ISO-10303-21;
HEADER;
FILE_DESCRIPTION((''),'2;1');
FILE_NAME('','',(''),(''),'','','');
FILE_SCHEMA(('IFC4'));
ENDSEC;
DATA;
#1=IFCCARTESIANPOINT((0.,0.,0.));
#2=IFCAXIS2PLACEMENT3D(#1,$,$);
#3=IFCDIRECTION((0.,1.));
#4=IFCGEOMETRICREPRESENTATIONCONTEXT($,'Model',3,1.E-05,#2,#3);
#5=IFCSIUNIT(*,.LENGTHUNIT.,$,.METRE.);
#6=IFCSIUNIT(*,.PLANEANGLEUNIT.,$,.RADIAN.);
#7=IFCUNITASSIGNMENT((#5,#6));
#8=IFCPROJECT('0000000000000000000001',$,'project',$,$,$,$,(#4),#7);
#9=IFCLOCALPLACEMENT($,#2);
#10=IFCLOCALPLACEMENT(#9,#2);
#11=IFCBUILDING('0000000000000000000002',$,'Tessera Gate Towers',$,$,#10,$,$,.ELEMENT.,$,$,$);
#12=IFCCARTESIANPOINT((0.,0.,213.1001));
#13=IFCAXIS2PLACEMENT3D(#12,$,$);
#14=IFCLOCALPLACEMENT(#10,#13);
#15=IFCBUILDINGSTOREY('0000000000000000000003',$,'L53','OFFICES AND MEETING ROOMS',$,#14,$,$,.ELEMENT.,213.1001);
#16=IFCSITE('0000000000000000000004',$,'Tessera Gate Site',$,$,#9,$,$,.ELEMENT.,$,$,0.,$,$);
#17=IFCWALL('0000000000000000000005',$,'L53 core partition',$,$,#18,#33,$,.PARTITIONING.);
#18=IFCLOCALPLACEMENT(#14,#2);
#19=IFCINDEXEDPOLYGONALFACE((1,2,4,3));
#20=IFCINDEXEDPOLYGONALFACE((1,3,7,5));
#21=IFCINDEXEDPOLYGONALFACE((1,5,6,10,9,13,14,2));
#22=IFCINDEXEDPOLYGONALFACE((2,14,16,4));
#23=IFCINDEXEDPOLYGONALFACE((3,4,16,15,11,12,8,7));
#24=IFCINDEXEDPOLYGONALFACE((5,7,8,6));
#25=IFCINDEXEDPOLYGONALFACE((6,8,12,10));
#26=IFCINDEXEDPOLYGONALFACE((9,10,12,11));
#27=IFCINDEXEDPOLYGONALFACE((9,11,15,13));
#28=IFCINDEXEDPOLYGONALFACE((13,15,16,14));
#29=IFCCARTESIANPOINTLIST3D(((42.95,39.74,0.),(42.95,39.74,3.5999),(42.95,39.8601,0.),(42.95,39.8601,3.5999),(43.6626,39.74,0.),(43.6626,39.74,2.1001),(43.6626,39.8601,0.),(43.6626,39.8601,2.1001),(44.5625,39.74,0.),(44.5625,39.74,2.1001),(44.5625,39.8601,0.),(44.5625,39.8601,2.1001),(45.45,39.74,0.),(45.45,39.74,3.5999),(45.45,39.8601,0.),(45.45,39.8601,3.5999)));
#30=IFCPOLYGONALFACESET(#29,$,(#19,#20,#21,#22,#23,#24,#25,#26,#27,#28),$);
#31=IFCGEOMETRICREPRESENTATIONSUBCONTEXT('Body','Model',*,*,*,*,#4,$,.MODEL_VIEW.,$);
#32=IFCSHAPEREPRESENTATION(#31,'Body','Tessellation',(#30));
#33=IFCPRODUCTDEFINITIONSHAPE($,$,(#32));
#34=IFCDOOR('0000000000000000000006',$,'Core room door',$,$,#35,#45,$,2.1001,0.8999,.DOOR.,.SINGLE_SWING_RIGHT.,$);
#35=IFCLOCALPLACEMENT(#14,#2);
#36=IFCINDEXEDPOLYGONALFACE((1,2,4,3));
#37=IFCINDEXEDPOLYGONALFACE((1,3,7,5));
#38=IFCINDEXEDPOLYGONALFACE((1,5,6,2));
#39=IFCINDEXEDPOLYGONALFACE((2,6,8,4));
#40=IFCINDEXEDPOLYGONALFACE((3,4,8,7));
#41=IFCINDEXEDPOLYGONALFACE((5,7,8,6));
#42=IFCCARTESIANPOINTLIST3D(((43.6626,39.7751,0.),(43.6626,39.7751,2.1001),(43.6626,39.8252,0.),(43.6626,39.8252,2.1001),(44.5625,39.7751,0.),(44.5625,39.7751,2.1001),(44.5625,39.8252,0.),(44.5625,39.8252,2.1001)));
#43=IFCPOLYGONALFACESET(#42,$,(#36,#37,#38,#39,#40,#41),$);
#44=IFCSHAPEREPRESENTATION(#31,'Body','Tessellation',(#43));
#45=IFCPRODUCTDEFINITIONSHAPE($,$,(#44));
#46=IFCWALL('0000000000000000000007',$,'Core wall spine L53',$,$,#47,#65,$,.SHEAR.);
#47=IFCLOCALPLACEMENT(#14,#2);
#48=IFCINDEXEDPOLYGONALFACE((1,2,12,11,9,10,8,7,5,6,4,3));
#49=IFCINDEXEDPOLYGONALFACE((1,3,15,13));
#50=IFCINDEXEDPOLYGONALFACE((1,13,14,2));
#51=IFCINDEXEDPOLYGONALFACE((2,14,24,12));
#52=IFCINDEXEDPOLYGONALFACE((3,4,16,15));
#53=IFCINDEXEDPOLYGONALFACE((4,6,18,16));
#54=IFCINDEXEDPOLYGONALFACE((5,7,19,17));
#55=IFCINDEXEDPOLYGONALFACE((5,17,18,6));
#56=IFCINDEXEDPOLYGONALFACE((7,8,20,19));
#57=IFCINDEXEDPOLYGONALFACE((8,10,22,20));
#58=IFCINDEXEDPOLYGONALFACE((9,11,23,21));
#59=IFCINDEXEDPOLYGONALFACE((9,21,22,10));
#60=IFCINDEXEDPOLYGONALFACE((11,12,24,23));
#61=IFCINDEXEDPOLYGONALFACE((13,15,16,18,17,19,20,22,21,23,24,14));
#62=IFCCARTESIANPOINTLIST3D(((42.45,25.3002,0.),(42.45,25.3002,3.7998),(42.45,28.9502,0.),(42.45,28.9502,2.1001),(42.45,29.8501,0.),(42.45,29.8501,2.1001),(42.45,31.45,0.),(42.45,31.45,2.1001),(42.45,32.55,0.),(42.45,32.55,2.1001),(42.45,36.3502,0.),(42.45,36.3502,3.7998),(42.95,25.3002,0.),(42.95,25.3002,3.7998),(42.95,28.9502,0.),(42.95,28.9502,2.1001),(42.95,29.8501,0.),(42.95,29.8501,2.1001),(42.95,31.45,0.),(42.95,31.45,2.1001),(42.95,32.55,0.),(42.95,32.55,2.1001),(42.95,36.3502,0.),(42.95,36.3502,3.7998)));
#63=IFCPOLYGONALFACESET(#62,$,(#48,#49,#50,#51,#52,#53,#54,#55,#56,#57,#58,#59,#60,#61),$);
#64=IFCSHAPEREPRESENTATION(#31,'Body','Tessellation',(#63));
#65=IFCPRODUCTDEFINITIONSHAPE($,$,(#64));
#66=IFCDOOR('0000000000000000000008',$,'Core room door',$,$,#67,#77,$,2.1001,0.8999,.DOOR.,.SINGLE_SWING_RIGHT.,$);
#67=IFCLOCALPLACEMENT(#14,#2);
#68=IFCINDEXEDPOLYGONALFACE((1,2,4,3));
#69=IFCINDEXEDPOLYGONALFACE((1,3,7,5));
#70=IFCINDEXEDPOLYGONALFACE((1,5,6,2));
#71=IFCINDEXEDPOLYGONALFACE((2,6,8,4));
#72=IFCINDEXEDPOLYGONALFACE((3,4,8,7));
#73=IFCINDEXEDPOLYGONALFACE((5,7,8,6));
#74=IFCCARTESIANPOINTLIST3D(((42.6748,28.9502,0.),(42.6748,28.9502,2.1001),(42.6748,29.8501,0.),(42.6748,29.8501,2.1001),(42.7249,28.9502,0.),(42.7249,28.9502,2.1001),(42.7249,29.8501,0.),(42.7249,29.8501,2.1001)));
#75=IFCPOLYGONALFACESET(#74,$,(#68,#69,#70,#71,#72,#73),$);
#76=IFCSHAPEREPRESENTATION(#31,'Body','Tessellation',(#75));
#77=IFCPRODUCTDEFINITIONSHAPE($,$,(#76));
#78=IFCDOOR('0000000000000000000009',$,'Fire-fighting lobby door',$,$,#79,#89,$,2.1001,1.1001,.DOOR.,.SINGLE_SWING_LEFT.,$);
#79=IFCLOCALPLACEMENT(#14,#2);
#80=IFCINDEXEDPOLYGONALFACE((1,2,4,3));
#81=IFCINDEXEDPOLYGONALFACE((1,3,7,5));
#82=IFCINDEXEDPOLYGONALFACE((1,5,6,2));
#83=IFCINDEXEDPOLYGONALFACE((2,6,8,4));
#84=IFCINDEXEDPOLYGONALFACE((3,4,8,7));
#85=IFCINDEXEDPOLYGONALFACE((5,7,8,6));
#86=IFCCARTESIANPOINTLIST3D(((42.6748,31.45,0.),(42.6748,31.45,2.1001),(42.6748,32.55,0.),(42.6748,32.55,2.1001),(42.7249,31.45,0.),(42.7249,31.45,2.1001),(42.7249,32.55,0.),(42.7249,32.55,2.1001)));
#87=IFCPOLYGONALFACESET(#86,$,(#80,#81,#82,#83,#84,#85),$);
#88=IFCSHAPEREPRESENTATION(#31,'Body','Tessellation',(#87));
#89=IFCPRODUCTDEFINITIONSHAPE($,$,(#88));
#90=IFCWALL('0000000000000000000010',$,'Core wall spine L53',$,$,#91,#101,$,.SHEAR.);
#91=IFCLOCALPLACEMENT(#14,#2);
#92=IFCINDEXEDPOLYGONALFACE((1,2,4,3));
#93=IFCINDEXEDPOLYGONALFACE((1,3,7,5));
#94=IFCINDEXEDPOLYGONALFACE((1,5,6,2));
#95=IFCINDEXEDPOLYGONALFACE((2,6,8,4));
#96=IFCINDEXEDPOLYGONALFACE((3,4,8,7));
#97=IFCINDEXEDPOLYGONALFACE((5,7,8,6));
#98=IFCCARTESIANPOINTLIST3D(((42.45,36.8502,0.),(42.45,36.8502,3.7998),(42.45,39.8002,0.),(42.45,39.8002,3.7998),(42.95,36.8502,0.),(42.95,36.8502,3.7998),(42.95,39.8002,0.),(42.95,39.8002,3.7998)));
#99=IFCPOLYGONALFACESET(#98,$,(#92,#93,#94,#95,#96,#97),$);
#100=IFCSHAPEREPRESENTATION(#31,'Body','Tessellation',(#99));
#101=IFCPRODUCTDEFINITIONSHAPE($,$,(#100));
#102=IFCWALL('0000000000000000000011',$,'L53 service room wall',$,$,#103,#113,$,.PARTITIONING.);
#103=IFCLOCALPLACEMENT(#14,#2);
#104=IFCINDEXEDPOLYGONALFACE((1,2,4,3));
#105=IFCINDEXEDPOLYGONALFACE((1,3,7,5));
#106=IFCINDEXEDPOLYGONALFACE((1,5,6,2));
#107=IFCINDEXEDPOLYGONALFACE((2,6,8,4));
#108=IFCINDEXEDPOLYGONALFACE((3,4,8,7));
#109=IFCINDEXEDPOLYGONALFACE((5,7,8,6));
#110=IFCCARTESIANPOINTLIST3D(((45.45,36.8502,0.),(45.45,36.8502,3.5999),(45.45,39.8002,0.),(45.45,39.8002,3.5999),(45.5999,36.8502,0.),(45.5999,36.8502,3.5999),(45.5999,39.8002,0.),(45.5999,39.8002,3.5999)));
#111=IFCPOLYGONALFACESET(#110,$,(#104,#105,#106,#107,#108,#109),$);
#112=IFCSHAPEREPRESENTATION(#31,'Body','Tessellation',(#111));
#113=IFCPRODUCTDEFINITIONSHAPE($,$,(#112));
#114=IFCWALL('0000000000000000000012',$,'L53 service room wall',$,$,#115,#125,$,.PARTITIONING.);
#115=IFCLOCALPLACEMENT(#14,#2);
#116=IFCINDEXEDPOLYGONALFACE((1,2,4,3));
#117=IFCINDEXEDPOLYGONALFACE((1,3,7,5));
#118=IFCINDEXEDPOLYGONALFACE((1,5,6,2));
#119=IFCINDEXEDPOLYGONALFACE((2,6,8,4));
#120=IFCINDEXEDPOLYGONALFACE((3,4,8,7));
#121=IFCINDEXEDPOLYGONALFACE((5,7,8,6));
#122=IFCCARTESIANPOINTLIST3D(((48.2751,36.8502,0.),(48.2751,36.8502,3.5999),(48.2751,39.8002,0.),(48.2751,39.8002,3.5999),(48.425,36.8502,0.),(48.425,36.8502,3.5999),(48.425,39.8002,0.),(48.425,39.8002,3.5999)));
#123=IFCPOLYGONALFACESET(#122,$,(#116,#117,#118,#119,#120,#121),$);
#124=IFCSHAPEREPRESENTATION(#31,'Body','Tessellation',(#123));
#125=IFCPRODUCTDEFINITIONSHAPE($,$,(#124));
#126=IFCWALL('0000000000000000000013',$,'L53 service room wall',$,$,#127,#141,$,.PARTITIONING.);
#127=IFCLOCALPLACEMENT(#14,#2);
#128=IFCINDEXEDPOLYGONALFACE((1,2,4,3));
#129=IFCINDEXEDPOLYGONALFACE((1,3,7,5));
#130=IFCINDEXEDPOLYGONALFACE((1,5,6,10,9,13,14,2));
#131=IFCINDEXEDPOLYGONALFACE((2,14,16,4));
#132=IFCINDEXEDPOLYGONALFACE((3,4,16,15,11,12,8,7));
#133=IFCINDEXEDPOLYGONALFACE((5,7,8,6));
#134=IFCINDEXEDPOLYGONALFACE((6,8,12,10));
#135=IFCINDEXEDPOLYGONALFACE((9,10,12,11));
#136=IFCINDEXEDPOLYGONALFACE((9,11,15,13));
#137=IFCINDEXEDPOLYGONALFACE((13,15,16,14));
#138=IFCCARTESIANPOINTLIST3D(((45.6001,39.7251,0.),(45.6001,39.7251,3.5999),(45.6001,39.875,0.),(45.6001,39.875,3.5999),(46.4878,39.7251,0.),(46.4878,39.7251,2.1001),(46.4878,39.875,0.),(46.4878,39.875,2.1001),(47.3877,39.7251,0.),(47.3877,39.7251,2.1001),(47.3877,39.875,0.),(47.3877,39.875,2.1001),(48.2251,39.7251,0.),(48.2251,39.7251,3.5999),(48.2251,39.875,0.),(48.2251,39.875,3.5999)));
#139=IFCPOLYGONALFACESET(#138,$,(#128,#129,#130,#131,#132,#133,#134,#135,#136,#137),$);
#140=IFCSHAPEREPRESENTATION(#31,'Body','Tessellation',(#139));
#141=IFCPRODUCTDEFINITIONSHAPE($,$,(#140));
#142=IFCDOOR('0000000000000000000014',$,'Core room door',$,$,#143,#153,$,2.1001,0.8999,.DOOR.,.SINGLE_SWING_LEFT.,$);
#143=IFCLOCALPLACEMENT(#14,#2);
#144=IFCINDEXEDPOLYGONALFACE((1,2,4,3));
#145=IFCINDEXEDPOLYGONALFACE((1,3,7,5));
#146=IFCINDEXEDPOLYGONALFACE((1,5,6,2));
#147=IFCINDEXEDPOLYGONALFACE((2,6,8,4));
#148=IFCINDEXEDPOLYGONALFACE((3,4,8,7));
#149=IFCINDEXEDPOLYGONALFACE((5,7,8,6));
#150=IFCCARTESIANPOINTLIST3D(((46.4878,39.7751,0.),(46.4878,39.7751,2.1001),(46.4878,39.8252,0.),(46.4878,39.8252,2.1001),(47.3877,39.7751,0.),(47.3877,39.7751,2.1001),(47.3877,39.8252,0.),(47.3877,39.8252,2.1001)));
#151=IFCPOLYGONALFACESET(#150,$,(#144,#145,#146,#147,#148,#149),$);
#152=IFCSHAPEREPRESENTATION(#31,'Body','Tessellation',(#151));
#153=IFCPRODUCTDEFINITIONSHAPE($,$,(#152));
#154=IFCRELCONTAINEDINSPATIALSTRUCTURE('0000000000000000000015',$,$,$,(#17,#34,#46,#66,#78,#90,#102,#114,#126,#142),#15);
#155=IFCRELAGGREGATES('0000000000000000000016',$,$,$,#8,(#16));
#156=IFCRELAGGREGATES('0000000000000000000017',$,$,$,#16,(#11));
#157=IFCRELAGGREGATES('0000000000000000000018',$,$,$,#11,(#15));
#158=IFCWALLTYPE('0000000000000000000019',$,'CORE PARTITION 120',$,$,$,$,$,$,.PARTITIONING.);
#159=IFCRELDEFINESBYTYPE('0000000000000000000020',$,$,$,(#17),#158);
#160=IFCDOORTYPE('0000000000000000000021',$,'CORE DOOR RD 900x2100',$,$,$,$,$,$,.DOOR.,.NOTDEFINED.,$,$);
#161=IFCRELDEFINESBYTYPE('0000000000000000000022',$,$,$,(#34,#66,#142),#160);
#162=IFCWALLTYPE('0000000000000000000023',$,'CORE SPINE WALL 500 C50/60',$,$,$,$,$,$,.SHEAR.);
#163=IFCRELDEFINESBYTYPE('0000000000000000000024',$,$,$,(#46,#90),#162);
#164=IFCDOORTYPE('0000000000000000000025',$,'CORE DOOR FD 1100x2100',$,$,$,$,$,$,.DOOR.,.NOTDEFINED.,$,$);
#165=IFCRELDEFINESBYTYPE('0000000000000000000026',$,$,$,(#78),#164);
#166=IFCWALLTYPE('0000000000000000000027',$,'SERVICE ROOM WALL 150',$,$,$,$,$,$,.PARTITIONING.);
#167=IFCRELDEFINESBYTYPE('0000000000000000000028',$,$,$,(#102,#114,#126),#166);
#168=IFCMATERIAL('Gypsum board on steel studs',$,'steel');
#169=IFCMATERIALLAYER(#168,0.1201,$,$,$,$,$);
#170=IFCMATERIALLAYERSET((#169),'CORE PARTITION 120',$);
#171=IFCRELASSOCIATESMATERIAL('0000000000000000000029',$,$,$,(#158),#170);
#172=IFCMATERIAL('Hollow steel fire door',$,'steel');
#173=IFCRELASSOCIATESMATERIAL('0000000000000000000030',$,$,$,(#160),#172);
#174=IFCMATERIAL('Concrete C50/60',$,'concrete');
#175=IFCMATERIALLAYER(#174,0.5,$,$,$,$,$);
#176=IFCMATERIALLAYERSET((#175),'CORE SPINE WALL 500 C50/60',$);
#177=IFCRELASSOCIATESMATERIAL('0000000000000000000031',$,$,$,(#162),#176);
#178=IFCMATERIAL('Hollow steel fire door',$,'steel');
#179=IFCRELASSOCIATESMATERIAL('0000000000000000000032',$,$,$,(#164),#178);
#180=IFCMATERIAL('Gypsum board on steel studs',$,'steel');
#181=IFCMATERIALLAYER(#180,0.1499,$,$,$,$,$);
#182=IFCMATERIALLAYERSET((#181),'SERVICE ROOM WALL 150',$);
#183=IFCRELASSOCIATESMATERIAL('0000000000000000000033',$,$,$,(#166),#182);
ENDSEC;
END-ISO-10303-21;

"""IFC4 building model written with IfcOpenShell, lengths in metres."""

from ifc_helpers import new_model, si_unit, direction, frame, frame_2d, origin, place, context, subcontext, project, spatial, rectangle, extrude, source, transform, mapped, material, layer, layer_set, type_object, element, fill, save


model = new_model("IFC4")

# Units and contexts
model_context = context("Model", 3, precision=1e-05, world=origin(), true_north=direction((0.0, 1.0)))
body_context = subcontext(model_context, "Body", "Model", "MODEL_VIEW")
ifc_project = project(units=[si_unit("LENGTHUNIT", "METRE"), si_unit("PLANEANGLEUNIT", "RADIAN")], contexts=[model_context])

# Site, building, storey
site_placement = place(None, origin())
site = spatial("IfcSite", under=ifc_project, at=site_placement, Name="Tessera Gate Site", CompositionType="ELEMENT", RefElevation=0.0)
building_placement = place(site_placement, origin())
building = spatial("IfcBuilding", under=site, at=building_placement, Name="Tessera Gate Towers", CompositionType="ELEMENT")
storey_placement = place(building_placement, frame((0.0, 0.0, 213.1001)))
storey = spatial("IfcBuildingStorey", under=building, at=storey_placement, Name="L53", Description="OFFICES AND MEETING ROOMS", CompositionType="ELEMENT", Elevation=213.1001)

# Shared definitions
ifc_material_1 = material(Name="Gypsum board on steel studs", Category="steel")
ifc_layer_1 = layer(ifc_material_1, 0.1201)
ifc_layer_set_1 = layer_set([ifc_layer_1], Name="CORE PARTITION 120")
wall_type_1 = type_object("IfcWallType", Name="CORE PARTITION 120", PredefinedType="PARTITIONING", material=ifc_layer_set_1)

# Wall, opening, door
wall_1_placement = place(storey_placement, frame((45.45, 39.8, 0.0), z_axis=(0.0, 0.0, 1.0), x_axis=(-1.0, 0.0, 0.0)))
wall_1 = element("IfcWall", 1, at=wall_1_placement, inside=storey, type_object=wall_type_1, Name="L53 core partition", PredefinedType="PARTITIONING", context=body_context, shape_type="SweptSolid", body=[
    extrude(rectangle(XDim=2.5, YDim=0.1201, at=frame_2d((1.25, 0.0))), origin(), (0.0, 0.0, 1.0), 3.5999),
])
shared_shape_1 = source(origin(), body_context, "Body", "SweptSolid", [
    extrude(rectangle(XDim=0.8999, YDim=2.1001, at=frame_2d((0.45, 1.05))), frame((0.0, 0.0701, 0.0), z_axis=(0.0, -1.0, 0.0), x_axis=(1.0, 0.0, 0.0)), (0.0, 0.0, 1.0), 0.1401),
])
opening_1_placement = place(wall_1_placement, frame((0.8875, 0.0, 0.0)))
opening_1 = element("IfcOpeningElement", 2, at=opening_1_placement, cuts=wall_1, PredefinedType="OPENING", context=body_context, shape_type="MappedRepresentation", body=[
    mapped(shared_shape_1, transform((0.0, 0.0, 0.0), scale=1.0)),
])
ifc_material_2 = material(Name="Hollow steel fire door", Category="steel")
door_type_1 = type_object("IfcDoorType", Name="CORE DOOR RD 900x2100", OperationType="NOTDEFINED", PredefinedType="DOOR", material=ifc_material_2)
shared_shape_2 = source(origin(), body_context, "Body", "SweptSolid", [
    extrude(rectangle(XDim=0.8999, YDim=2.1001, at=frame_2d((0.45, 1.05))), frame((0.0, 0.0249, 0.0), z_axis=(0.0, -1.0, 0.0), x_axis=(1.0, 0.0, 0.0)), (0.0, 0.0, 1.0), 0.05),
])
door_1_placement = place(opening_1_placement, origin())
door_1 = element("IfcDoor", 3, at=door_1_placement, inside=storey, type_object=door_type_1, Name="Core room door", OperationType="SINGLE_SWING_RIGHT", OverallHeight=2.1001, OverallWidth=0.8999, PredefinedType="DOOR", context=body_context, shape_type="MappedRepresentation", body=[
    mapped(shared_shape_2, transform((0.0, 0.0, 0.0), scale=1.0)),
])
fill(opening_1, door_1)

# Wall, openings, doors
ifc_material_3 = material(Name="Concrete C50/60", Category="concrete")
ifc_layer_2 = layer(ifc_material_3, 0.5)
ifc_layer_set_2 = layer_set([ifc_layer_2], Name="CORE SPINE WALL 500 C50/60")
wall_type_2 = type_object("IfcWallType", Name="CORE SPINE WALL 500 C50/60", PredefinedType="SHEAR", material=ifc_layer_set_2)
wall_2_placement = place(storey_placement, frame((42.7, 36.3501, 0.0), z_axis=(0.0, 0.0, 1.0), x_axis=(0.0, -1.0, 0.0)))
wall_2 = element("IfcWall", 4, at=wall_2_placement, inside=storey, type_object=wall_type_2, Name="Core wall spine L53", PredefinedType="SHEAR", context=body_context, shape_type="SweptSolid", body=[
    extrude(rectangle(XDim=11.05, YDim=0.5, at=frame_2d((5.5249, 0.0))), origin(), (0.0, 0.0, 1.0), 3.7998),
])
shared_shape_3 = source(origin(), body_context, "Body", "SweptSolid", [
    extrude(rectangle(XDim=0.8999, YDim=2.1001, at=frame_2d((0.45, 1.05))), frame((0.0, 0.26, 0.0), z_axis=(0.0, -1.0, 0.0), x_axis=(1.0, 0.0, 0.0)), (0.0, 0.0, 1.0), 0.52),
])
opening_2_placement = place(wall_2_placement, frame((6.5, 0.0, 0.0)))
opening_2 = element("IfcOpeningElement", 5, at=opening_2_placement, cuts=wall_2, PredefinedType="OPENING", context=body_context, shape_type="MappedRepresentation", body=[
    mapped(shared_shape_3, transform((0.0, 0.0, 0.0), scale=1.0)),
])
shared_shape_4 = source(origin(), body_context, "Body", "SweptSolid", [
    extrude(rectangle(XDim=1.1001, YDim=2.1001, at=frame_2d((0.55, 1.05))), frame((0.0, 0.26, 0.0), z_axis=(0.0, -1.0, 0.0), x_axis=(1.0, 0.0, 0.0)), (0.0, 0.0, 1.0), 0.52),
])
opening_3_placement = place(wall_2_placement, frame((3.8, 0.0, 0.0)))
opening_3 = element("IfcOpeningElement", 6, at=opening_3_placement, cuts=wall_2, PredefinedType="OPENING", context=body_context, shape_type="MappedRepresentation", body=[
    mapped(shared_shape_4, transform((0.0, 0.0, 0.0), scale=1.0)),
])
door_2_placement = place(opening_2_placement, origin())
door_2 = element("IfcDoor", 7, at=door_2_placement, inside=storey, type_object=door_type_1, Name="Core room door", OperationType="SINGLE_SWING_RIGHT", OverallHeight=2.1001, OverallWidth=0.8999, PredefinedType="DOOR", context=body_context, shape_type="MappedRepresentation", body=[
    mapped(shared_shape_2, transform((0.0, 0.0, 0.0), scale=1.0)),
])
fill(opening_2, door_2)
ifc_material_4 = material(Name="Hollow steel fire door", Category="steel")
door_type_2 = type_object("IfcDoorType", Name="CORE DOOR FD 1100x2100", OperationType="NOTDEFINED", PredefinedType="DOOR", material=ifc_material_4)
shared_shape_5 = source(origin(), body_context, "Body", "SweptSolid", [
    extrude(rectangle(XDim=1.1001, YDim=2.1001, at=frame_2d((0.55, 1.05))), frame((0.0, 0.0249, 0.0), z_axis=(0.0, -1.0, 0.0), x_axis=(1.0, 0.0, 0.0)), (0.0, 0.0, 1.0), 0.05),
])
door_3_placement = place(opening_3_placement, origin())
door_3 = element("IfcDoor", 8, at=door_3_placement, inside=storey, type_object=door_type_2, Name="Fire-fighting lobby door", OperationType="SINGLE_SWING_LEFT", OverallHeight=2.1001, OverallWidth=1.1001, PredefinedType="DOOR", context=body_context, shape_type="MappedRepresentation", body=[
    mapped(shared_shape_5, transform((0.0, 0.0, 0.0), scale=1.0)),
])
fill(opening_3, door_3)

# Walls
wall_3_placement = place(storey_placement, frame((42.7, 36.8501, 0.0), z_axis=(0.0, 0.0, 1.0), x_axis=(0.0, 1.0, 0.0)))
element("IfcWall", 9, at=wall_3_placement, inside=storey, type_object=wall_type_2, Name="Core wall spine L53", PredefinedType="SHEAR", context=body_context, shape_type="SweptSolid", body=[
    extrude(rectangle(XDim=2.95, YDim=0.5, at=frame_2d((1.4751, 0.0))), origin(), (0.0, 0.0, 1.0), 3.7998),
])
ifc_material_5 = material(Name="Gypsum board on steel studs", Category="steel")
ifc_layer_3 = layer(ifc_material_5, 0.1499)
ifc_layer_set_3 = layer_set([ifc_layer_3], Name="SERVICE ROOM WALL 150")
wall_type_3 = type_object("IfcWallType", Name="SERVICE ROOM WALL 150", PredefinedType="PARTITIONING", material=ifc_layer_set_3)
for number, where, z_axis, x_axis, name in (
    (10, (45.5249, 36.8501, 0.0), (0.0, 0.0, 1.0), (0.0, 1.0, 0.0), "L53 service room wall"),
    (11, (48.3501, 36.8501, 0.0), (0.0, 0.0, 1.0), (0.0, 1.0, 0.0), "L53 service room wall"),
):
    element("IfcWall", number, at=place(storey_placement, frame(where, z_axis=z_axis, x_axis=x_axis)), inside=storey, type_object=wall_type_3, Name=name, PredefinedType="PARTITIONING", context=body_context, shape_type="SweptSolid", body=[
        extrude(rectangle(XDim=2.95, YDim=0.1499, at=frame_2d((1.4751, 0.0))), origin(), (0.0, 0.0, 1.0), 3.5999),
    ])

# Wall, opening, door
wall_4_placement = place(storey_placement, frame((48.2251, 39.8, 0.0), z_axis=(0.0, 0.0, 1.0), x_axis=(-1.0, 0.0, 0.0)))
wall_4 = element("IfcWall", 12, at=wall_4_placement, inside=storey, type_object=wall_type_3, Name="L53 service room wall", PredefinedType="PARTITIONING", context=body_context, shape_type="SweptSolid", body=[
    extrude(rectangle(XDim=2.625, YDim=0.1499, at=frame_2d((1.3125, 0.0))), origin(), (0.0, 0.0, 1.0), 3.5999),
])
shared_shape_6 = source(origin(), body_context, "Body", "SweptSolid", [
    extrude(rectangle(XDim=0.8999, YDim=2.1001, at=frame_2d((0.45, 1.05))), frame((0.0, 0.085, 0.0), z_axis=(0.0, -1.0, 0.0), x_axis=(1.0, 0.0, 0.0)), (0.0, 0.0, 1.0), 0.1699),
])
opening_4_placement = place(wall_4_placement, frame((0.8374, 0.0, 0.0)))
opening_4 = element("IfcOpeningElement", 13, at=opening_4_placement, cuts=wall_4, PredefinedType="OPENING", context=body_context, shape_type="MappedRepresentation", body=[
    mapped(shared_shape_6, transform((0.0, 0.0, 0.0), scale=1.0)),
])
door_4_placement = place(opening_4_placement, origin())
door_4 = element("IfcDoor", 14, at=door_4_placement, inside=storey, type_object=door_type_1, Name="Core room door", OperationType="SINGLE_SWING_LEFT", OverallHeight=2.1001, OverallWidth=0.8999, PredefinedType="DOOR", context=body_context, shape_type="MappedRepresentation", body=[
    mapped(shared_shape_2, transform((0.0, 0.0, 0.0), scale=1.0)),
])
fill(opening_4, door_4)

save(model, "model.ifc")
